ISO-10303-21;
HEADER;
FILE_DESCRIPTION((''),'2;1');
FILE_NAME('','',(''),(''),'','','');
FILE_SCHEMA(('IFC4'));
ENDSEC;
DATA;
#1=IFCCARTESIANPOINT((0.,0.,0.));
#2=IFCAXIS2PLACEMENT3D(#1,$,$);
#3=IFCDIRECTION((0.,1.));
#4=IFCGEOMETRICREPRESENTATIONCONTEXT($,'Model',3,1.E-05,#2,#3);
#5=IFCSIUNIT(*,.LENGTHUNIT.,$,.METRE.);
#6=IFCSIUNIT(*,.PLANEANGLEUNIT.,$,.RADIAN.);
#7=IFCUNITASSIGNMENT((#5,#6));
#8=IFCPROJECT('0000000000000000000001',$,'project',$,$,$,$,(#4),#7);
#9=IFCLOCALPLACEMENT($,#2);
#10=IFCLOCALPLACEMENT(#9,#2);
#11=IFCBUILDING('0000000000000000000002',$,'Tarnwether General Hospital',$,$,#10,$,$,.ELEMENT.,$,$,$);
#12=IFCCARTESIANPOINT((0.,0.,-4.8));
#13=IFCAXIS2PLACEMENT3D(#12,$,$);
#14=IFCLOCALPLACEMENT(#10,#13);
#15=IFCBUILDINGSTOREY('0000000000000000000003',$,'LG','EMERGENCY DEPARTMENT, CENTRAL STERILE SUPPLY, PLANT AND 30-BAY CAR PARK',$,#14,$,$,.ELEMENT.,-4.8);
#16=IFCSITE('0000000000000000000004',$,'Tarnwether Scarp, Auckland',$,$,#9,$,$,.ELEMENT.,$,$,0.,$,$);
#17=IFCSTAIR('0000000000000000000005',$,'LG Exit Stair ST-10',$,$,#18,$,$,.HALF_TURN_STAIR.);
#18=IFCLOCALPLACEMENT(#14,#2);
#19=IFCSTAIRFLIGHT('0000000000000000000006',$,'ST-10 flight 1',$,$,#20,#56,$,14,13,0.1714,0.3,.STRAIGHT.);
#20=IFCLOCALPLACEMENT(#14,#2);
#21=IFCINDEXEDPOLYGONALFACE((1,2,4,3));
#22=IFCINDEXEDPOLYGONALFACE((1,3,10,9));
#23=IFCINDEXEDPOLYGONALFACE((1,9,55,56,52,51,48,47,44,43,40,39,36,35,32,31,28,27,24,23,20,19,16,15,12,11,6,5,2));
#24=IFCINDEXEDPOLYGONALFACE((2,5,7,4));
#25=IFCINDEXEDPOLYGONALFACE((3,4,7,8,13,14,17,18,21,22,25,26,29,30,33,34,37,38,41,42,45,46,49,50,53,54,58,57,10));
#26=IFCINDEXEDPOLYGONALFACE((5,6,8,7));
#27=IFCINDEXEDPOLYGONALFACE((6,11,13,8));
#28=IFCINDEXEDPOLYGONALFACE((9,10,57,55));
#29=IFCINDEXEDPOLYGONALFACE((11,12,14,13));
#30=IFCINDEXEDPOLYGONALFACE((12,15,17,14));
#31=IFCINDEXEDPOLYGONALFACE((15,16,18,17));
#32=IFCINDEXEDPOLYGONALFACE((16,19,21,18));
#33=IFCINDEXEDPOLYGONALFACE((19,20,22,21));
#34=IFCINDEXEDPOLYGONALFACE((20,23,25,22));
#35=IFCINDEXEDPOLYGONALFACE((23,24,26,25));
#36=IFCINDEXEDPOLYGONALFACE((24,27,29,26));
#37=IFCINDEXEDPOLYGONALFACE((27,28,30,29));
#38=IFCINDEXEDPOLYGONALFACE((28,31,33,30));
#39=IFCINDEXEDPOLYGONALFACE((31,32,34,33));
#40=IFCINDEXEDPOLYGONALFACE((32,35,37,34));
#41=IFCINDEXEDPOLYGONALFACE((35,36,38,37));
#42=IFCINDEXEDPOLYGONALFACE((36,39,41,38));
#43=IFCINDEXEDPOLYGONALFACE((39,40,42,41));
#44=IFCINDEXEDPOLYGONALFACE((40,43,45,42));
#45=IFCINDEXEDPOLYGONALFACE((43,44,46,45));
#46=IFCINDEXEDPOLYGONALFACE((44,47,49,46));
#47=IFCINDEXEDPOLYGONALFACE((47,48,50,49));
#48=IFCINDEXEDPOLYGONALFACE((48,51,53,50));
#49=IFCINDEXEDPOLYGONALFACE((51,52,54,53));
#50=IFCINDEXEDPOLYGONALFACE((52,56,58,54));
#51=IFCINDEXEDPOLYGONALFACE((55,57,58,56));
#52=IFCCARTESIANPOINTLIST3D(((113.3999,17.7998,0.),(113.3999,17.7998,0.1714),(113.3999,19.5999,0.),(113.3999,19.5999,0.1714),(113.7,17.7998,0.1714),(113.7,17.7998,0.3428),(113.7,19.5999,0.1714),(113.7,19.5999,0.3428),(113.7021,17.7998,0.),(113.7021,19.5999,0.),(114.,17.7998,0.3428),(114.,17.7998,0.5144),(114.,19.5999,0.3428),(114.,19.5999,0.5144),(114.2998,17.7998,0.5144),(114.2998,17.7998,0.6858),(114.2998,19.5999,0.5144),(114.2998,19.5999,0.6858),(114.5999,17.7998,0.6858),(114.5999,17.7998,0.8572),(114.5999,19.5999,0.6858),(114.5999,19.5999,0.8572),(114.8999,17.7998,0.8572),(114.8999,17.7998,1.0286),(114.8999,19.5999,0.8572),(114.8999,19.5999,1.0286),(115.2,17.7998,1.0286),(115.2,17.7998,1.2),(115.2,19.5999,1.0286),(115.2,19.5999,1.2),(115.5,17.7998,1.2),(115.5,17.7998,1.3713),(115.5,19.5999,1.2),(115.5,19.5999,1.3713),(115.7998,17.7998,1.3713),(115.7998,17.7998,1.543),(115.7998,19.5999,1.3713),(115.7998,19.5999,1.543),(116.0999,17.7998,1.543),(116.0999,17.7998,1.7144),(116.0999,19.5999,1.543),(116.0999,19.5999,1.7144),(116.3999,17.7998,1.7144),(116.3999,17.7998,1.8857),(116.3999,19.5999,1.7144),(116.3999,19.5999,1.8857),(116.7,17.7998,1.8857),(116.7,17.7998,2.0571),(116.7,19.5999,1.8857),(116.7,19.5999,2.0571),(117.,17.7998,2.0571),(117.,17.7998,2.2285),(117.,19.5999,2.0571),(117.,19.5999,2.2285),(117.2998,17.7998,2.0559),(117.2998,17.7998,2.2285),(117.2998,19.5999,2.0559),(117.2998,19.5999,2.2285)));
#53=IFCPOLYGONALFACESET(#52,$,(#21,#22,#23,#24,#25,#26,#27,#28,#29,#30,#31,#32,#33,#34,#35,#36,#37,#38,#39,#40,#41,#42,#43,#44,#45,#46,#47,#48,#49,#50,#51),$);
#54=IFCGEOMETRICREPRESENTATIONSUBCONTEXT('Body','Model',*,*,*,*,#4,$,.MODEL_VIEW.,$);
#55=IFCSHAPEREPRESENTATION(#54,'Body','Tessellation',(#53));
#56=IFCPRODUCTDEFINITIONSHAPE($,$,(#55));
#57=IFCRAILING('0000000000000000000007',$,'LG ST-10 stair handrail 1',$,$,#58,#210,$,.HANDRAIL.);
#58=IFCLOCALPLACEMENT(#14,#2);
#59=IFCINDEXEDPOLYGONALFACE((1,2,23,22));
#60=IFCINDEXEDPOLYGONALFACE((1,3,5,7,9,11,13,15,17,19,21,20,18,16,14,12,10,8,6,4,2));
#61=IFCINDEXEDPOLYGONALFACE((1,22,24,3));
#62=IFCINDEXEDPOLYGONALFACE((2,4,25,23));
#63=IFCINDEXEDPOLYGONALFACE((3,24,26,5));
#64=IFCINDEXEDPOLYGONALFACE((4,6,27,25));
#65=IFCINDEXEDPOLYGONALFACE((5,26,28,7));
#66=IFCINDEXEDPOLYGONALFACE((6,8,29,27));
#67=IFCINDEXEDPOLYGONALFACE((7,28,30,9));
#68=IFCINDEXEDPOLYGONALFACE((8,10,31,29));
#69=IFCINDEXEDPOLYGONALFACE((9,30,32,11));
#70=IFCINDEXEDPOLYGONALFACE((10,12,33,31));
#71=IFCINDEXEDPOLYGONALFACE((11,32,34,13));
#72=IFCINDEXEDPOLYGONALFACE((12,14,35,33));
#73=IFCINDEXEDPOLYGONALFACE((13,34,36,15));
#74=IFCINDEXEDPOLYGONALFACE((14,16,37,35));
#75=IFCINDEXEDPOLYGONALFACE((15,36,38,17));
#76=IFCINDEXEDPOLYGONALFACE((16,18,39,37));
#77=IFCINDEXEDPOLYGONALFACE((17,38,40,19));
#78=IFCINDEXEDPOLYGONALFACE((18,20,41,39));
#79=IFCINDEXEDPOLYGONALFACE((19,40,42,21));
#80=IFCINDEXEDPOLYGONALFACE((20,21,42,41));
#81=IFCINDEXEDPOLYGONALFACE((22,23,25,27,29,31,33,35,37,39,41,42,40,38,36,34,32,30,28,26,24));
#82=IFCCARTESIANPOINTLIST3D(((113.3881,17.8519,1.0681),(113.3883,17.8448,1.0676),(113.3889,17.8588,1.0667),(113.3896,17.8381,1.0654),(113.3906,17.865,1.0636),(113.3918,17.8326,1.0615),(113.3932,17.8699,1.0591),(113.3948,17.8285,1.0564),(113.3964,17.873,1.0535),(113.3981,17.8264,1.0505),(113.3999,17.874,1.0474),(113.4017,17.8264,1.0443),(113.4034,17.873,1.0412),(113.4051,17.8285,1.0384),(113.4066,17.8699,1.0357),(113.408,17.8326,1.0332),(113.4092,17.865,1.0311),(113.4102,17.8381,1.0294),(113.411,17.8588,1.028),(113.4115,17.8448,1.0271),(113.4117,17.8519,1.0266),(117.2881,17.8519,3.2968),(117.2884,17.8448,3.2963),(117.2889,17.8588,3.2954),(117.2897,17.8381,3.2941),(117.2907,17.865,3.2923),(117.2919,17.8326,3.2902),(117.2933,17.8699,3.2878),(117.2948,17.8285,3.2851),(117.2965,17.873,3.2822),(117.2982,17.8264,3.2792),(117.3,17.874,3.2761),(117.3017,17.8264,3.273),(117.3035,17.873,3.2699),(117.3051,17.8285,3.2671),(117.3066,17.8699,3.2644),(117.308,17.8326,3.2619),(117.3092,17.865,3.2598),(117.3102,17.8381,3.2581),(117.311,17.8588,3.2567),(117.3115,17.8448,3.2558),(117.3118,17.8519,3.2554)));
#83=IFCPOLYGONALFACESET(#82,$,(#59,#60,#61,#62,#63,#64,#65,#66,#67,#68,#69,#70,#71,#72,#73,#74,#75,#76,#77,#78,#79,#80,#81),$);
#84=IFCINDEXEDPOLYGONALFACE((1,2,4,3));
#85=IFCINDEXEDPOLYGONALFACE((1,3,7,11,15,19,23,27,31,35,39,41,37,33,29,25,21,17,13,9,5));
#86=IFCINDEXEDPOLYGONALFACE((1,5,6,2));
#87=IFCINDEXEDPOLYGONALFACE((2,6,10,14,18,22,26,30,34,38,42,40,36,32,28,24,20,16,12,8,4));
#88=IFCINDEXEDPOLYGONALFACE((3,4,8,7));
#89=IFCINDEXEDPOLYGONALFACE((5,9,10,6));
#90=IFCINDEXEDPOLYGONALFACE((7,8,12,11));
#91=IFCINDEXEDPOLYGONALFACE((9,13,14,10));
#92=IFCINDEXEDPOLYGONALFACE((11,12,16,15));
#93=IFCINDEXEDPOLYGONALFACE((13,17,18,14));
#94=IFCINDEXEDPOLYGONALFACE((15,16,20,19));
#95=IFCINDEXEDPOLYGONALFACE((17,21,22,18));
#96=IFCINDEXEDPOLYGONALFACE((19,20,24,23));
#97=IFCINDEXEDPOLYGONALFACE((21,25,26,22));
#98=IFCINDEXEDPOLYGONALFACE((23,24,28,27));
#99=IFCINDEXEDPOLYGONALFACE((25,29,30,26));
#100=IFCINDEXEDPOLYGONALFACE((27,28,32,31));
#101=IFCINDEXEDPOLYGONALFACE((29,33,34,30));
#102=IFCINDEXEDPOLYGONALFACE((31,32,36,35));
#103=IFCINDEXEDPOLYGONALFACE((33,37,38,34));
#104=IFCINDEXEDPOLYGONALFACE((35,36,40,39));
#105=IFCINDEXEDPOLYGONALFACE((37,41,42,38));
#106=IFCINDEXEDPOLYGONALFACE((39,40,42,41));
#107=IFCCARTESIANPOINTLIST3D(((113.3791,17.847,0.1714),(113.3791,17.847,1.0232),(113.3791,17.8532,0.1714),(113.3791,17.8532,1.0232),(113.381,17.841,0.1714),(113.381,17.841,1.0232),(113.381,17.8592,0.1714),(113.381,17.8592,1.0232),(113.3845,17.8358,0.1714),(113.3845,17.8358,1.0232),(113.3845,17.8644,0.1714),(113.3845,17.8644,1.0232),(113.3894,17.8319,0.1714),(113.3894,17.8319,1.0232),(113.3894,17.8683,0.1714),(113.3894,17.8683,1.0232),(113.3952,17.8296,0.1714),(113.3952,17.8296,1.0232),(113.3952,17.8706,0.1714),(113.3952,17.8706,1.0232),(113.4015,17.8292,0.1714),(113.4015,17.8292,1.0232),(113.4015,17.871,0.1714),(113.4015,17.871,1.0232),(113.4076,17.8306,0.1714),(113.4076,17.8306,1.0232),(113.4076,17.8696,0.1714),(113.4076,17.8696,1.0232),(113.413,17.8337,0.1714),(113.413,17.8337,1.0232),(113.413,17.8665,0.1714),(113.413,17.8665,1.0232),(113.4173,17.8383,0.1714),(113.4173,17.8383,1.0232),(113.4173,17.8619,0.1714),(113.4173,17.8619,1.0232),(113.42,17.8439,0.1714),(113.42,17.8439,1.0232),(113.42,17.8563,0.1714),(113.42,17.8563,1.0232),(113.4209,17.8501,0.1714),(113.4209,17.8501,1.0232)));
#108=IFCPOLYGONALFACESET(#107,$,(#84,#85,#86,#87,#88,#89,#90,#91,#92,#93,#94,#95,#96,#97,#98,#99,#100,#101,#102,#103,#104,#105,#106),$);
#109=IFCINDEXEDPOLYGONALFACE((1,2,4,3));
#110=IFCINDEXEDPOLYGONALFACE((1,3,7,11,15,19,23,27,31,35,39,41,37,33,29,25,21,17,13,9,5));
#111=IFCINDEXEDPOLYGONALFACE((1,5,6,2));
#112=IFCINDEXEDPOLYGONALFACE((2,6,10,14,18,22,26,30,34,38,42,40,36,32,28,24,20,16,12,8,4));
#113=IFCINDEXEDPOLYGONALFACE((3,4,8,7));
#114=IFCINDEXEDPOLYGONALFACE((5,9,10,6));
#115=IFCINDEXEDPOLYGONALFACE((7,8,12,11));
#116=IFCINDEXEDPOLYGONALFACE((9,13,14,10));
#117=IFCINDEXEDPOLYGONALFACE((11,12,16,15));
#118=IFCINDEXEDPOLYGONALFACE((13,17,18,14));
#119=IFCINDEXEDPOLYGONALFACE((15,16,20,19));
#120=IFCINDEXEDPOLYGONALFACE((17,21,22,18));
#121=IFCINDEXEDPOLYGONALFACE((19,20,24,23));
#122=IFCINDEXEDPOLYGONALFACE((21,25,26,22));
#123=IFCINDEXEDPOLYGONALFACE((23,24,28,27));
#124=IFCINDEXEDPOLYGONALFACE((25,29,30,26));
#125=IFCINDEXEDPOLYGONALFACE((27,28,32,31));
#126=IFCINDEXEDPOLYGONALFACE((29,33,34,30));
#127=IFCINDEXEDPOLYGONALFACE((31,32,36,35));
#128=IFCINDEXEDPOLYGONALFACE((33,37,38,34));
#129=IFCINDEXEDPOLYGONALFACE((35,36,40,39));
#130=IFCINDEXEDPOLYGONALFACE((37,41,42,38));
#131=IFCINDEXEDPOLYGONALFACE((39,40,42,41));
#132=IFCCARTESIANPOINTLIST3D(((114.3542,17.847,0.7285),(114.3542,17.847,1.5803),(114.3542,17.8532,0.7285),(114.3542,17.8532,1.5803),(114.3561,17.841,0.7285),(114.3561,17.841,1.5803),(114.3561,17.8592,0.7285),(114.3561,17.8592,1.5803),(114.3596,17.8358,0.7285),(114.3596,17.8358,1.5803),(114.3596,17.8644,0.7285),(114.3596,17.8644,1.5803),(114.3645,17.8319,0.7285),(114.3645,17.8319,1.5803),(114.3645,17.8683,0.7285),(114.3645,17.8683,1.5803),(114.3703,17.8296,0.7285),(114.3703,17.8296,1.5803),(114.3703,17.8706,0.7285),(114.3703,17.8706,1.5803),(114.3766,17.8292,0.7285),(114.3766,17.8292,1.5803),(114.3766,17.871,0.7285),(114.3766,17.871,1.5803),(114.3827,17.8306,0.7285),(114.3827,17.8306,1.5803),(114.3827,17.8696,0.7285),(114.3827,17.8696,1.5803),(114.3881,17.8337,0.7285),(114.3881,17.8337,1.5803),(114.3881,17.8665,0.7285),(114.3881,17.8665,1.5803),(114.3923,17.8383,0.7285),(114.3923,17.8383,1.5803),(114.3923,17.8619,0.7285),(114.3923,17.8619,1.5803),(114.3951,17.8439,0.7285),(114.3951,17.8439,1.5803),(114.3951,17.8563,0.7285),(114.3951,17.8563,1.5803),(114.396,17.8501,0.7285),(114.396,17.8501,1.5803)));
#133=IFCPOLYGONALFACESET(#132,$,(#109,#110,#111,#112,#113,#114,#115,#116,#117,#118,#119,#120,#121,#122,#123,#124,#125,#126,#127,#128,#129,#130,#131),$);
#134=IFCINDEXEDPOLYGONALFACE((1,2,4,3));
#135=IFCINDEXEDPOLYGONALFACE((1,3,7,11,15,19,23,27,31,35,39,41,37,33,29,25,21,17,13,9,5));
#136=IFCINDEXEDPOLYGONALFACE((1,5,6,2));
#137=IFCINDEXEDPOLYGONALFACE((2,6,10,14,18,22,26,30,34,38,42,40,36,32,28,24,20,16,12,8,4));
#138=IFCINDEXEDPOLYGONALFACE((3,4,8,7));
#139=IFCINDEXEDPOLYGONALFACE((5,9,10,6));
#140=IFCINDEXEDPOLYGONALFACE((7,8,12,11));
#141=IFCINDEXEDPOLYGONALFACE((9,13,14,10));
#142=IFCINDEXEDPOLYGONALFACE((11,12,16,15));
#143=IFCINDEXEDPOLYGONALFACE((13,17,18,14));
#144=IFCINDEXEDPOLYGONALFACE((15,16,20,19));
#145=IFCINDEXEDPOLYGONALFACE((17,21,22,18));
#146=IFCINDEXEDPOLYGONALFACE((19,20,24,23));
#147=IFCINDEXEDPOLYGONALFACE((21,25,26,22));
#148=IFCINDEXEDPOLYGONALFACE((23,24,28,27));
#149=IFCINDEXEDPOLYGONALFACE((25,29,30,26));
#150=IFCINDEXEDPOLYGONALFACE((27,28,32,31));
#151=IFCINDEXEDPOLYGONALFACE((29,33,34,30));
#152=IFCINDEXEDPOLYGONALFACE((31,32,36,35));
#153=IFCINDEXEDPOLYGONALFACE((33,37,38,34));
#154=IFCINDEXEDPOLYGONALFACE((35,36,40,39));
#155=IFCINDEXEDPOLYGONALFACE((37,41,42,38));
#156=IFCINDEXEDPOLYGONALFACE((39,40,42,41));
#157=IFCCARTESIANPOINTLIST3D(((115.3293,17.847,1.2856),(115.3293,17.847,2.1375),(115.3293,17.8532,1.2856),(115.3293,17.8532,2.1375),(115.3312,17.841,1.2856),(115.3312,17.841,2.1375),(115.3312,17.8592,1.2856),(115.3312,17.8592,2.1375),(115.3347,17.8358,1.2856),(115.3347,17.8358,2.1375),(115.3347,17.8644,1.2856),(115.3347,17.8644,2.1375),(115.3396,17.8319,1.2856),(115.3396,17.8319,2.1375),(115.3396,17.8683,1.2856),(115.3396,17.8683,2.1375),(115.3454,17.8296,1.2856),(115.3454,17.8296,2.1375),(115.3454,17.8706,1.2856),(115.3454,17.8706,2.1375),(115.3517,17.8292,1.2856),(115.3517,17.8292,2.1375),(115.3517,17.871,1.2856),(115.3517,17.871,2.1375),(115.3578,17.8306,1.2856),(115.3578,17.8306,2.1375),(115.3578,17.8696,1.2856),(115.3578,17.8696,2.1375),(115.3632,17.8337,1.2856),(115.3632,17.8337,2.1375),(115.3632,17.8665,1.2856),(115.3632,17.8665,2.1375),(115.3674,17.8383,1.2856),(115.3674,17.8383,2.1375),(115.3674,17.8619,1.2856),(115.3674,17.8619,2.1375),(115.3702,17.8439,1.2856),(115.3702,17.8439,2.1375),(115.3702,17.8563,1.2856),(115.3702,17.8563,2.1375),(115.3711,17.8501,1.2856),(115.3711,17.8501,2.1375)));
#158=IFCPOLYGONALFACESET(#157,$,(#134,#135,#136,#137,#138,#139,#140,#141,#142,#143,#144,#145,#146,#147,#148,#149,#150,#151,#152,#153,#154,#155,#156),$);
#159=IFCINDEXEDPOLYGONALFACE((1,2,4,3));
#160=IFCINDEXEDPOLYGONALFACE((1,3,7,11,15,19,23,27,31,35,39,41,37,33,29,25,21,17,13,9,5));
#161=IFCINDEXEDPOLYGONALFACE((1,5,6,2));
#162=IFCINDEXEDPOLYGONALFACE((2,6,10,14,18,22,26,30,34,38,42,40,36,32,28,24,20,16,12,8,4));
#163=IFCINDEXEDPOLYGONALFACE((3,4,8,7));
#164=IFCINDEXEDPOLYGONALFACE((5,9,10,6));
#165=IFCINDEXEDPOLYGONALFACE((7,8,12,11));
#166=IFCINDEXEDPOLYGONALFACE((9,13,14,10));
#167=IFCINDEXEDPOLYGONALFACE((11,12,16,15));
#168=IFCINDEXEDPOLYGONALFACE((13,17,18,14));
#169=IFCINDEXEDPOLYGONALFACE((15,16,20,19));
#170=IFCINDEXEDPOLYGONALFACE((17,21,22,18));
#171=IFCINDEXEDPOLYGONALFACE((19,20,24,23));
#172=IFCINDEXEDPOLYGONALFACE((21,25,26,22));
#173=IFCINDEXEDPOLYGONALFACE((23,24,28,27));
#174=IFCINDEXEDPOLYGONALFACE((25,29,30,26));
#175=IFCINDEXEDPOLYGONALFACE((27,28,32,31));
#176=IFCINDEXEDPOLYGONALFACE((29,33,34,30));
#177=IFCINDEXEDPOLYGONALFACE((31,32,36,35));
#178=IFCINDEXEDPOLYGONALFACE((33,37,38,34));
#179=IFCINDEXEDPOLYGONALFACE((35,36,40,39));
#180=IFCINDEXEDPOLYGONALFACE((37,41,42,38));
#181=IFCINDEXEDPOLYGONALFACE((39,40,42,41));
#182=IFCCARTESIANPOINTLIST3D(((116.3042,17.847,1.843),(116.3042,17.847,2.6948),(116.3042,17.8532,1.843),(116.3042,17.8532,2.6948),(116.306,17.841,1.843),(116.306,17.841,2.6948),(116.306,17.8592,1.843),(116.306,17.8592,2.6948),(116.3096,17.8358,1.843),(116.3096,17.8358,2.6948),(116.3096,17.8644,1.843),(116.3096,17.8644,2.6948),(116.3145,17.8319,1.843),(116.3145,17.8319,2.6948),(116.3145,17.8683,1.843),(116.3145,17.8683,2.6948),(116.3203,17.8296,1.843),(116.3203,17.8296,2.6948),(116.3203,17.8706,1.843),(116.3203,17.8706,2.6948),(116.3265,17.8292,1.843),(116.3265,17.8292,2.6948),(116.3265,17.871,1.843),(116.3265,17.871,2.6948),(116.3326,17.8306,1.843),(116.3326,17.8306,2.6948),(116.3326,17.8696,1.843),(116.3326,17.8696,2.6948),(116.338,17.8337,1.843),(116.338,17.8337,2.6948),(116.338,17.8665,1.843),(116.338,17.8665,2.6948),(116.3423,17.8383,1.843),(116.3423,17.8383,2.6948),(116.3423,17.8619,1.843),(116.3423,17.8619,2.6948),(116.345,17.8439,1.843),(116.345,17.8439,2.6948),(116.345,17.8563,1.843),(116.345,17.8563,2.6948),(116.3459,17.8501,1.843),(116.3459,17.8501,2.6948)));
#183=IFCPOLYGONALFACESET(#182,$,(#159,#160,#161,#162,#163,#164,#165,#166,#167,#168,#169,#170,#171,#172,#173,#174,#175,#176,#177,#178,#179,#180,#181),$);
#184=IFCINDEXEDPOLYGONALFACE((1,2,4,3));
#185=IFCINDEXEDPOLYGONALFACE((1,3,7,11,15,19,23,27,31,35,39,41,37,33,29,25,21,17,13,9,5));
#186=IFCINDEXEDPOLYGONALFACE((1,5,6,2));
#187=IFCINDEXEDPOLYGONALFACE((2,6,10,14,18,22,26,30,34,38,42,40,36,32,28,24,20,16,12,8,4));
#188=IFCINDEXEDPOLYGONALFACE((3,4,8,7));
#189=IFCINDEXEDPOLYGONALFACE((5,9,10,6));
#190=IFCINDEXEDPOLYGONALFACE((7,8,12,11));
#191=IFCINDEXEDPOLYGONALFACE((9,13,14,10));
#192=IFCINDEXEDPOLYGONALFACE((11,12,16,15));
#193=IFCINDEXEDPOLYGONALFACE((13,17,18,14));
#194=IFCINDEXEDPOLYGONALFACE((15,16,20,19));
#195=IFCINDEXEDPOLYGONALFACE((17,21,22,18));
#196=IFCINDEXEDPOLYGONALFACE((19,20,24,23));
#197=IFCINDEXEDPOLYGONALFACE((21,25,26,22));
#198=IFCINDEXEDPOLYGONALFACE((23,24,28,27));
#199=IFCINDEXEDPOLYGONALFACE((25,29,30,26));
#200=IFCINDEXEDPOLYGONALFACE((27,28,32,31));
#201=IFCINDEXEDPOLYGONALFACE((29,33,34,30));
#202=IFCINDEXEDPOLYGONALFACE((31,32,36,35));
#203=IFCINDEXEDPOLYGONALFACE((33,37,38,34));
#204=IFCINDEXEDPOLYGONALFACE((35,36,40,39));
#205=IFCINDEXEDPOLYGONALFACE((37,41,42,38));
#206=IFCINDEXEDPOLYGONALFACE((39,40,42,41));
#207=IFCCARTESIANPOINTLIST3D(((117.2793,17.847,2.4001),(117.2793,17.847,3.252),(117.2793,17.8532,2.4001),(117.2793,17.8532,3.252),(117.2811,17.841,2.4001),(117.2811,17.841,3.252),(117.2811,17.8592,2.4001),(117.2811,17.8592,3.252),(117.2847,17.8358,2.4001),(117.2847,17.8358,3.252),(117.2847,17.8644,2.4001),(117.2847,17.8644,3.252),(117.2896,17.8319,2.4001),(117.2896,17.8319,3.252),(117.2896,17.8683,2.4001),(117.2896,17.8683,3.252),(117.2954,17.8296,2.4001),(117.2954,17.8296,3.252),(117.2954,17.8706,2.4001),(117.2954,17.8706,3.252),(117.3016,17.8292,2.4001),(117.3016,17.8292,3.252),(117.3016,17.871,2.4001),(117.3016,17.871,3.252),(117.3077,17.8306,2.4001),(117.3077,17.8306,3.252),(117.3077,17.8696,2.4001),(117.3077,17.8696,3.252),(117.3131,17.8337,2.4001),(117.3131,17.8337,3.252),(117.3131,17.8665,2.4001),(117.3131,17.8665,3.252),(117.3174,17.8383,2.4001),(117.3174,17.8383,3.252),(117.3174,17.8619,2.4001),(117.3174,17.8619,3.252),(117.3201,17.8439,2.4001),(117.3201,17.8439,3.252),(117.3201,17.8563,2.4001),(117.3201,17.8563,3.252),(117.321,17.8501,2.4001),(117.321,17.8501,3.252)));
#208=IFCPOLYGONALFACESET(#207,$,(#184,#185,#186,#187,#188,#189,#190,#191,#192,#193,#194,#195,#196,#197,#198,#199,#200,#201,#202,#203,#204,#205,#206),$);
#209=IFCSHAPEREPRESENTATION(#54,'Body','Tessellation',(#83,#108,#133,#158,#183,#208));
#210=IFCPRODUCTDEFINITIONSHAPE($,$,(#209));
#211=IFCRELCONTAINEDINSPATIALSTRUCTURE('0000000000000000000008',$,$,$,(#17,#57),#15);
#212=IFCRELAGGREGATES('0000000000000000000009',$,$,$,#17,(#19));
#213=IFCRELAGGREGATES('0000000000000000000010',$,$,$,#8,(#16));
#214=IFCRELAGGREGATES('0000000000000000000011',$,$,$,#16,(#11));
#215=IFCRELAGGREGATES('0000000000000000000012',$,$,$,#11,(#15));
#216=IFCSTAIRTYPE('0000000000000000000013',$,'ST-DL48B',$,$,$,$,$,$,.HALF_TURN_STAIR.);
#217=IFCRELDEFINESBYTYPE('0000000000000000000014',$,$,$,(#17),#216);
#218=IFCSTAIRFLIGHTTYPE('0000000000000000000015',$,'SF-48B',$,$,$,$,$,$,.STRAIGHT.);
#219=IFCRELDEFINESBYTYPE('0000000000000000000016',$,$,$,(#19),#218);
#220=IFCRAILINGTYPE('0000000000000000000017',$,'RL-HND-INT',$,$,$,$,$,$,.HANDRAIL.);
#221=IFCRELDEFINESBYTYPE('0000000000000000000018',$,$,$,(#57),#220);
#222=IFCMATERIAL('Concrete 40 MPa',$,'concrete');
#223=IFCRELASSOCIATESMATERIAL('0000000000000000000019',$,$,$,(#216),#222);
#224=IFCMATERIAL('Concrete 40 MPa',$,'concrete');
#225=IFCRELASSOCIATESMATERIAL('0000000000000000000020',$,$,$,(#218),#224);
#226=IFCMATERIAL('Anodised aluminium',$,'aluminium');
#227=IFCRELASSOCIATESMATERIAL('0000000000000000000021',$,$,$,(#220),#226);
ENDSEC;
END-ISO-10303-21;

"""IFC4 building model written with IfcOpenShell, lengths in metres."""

from ifc_helpers import new_model, si_unit, direction, frame, origin, origin_2d, place, context, subcontext, project, spatial, polyline, circle, outline, extrude, material, type_object, element, aggregate, save


model = new_model("IFC4")

# Units and contexts
model_context = context("Model", 3, precision=1e-05, world=origin(), true_north=direction((0.0, 1.0)))
body_context = subcontext(model_context, "Body", "Model", "MODEL_VIEW")
ifc_project = project(units=[si_unit("LENGTHUNIT", "METRE"), si_unit("PLANEANGLEUNIT", "RADIAN")], contexts=[model_context])

# Site, building, storey
site_placement = place(None, origin())
site = spatial("IfcSite", under=ifc_project, at=site_placement, Name="Tarnwether Scarp, Auckland", CompositionType="ELEMENT", RefElevation=0.0)
building_placement = place(site_placement, origin())
building = spatial("IfcBuilding", under=site, at=building_placement, Name="Tarnwether General Hospital", CompositionType="ELEMENT")
storey_placement = place(building_placement, frame((0.0, 0.0, -4.8)))
storey = spatial("IfcBuildingStorey", under=building, at=storey_placement, Name="LG", Description="EMERGENCY DEPARTMENT, CENTRAL STERILE SUPPLY, PLANT AND 30-BAY CAR PARK", CompositionType="ELEMENT", Elevation=-4.8)

# Stair, stair flight
ifc_material_1 = material(Name="Concrete 40 MPa", Category="concrete")
stair_type = type_object("IfcStairType", Name="ST-DL48B", PredefinedType="HALF_TURN_STAIR", material=ifc_material_1)
stair_placement = place(storey_placement, origin())
stair = element("IfcStair", 1, at=stair_placement, inside=storey, type_object=stair_type, Name="LG Exit Stair ST-10", PredefinedType="HALF_TURN_STAIR")
ifc_material_2 = material(Name="Concrete 40 MPa", Category="concrete")
stair_flight_type = type_object("IfcStairFlightType", Name="SF-48B", PredefinedType="STRAIGHT", material=ifc_material_2)
stair_flight_placement = place(storey_placement, frame((113.3999, 18.7, 0.0), z_axis=(0.0, 0.0, 1.0), x_axis=(1.0, 0.0, 0.0)))
stair_flight = element("IfcStairFlight", 2, at=stair_flight_placement, type_object=stair_flight_type, Name="ST-10 flight 1", NumberOfRisers=14, NumberOfTreads=13, PredefinedType="STRAIGHT", RiserHeight=0.1714, TreadLength=0.3, context=body_context, shape_type="SweptSolid", body=[
    extrude(outline(polyline([(0.0, 0.0), (0.0, 0.1714), (0.3, 0.1714), (0.3, 0.3428), (0.6001, 0.3428), (0.6001, 0.5144), (0.8999, 0.5144), (0.8999, 0.6858), (1.2, 0.6858), (1.2, 0.8572), (1.5, 0.8572), (1.5, 1.0286), (1.8, 1.0286), (1.8, 1.2), (2.1001, 1.2), (2.1001, 1.3713), (2.3999, 1.3713), (2.3999, 1.543), (2.7, 1.543), (2.7, 1.7144), (3.0, 1.7144), (3.0, 1.8857), (3.3, 1.8857), (3.3, 2.0571), (3.6001, 2.0571), (3.6001, 2.2285), (3.8999, 2.2285), (3.8999, 2.3999), (3.8999, 2.0559), (0.3022, 0.0), (0.0, 0.0)])), frame((0.0, 0.8999, 0.0), z_axis=(0.0, -1.0, 0.0), x_axis=(1.0, 0.0, 0.0)), (0.0, 0.0, 1.0), 1.8),
])
aggregate(stair, [stair_flight])

# Railing
ifc_material_3 = material(Name="Anodised aluminium", Category="aluminium")
railing_type = type_object("IfcRailingType", Name="RL-HND-INT", PredefinedType="HANDRAIL", material=ifc_material_3)
railing_placement = place(storey_placement, frame((113.3999, 17.8501, 0.1714)))
element("IfcRailing", 3, at=railing_placement, inside=storey, type_object=railing_type, Name="LG ST-10 stair handrail 1", PredefinedType="HANDRAIL", context=body_context, shape_type="SweptSolid", body=[
    extrude(circle(Radius=0.0239, at=origin_2d()), frame((0.0, 0.0, 0.876), z_axis=(0.868233, 0.0, 0.496156), x_axis=(0.0, 1.0, 0.0)), (0.0, 0.0, 1.0), 4.4919),
    extrude(circle(Radius=0.021, at=origin_2d()), origin(), (0.0, 0.0, 1.0), 0.8518),
    extrude(circle(Radius=0.021, at=origin_2d()), frame((0.9751, 0.0, 0.5571)), (0.0, 0.0, 1.0), 0.8518),
    extrude(circle(Radius=0.021, at=origin_2d()), frame((1.9502, 0.0, 1.1143)), (0.0, 0.0, 1.0), 0.8518),
    extrude(circle(Radius=0.021, at=origin_2d()), frame((2.925, 0.0, 1.6716)), (0.0, 0.0, 1.0), 0.8518),
    extrude(circle(Radius=0.021, at=origin_2d()), frame((3.9001, 0.0, 2.2288)), (0.0, 0.0, 1.0), 0.8518),
])

save(model, "model.ifc")
